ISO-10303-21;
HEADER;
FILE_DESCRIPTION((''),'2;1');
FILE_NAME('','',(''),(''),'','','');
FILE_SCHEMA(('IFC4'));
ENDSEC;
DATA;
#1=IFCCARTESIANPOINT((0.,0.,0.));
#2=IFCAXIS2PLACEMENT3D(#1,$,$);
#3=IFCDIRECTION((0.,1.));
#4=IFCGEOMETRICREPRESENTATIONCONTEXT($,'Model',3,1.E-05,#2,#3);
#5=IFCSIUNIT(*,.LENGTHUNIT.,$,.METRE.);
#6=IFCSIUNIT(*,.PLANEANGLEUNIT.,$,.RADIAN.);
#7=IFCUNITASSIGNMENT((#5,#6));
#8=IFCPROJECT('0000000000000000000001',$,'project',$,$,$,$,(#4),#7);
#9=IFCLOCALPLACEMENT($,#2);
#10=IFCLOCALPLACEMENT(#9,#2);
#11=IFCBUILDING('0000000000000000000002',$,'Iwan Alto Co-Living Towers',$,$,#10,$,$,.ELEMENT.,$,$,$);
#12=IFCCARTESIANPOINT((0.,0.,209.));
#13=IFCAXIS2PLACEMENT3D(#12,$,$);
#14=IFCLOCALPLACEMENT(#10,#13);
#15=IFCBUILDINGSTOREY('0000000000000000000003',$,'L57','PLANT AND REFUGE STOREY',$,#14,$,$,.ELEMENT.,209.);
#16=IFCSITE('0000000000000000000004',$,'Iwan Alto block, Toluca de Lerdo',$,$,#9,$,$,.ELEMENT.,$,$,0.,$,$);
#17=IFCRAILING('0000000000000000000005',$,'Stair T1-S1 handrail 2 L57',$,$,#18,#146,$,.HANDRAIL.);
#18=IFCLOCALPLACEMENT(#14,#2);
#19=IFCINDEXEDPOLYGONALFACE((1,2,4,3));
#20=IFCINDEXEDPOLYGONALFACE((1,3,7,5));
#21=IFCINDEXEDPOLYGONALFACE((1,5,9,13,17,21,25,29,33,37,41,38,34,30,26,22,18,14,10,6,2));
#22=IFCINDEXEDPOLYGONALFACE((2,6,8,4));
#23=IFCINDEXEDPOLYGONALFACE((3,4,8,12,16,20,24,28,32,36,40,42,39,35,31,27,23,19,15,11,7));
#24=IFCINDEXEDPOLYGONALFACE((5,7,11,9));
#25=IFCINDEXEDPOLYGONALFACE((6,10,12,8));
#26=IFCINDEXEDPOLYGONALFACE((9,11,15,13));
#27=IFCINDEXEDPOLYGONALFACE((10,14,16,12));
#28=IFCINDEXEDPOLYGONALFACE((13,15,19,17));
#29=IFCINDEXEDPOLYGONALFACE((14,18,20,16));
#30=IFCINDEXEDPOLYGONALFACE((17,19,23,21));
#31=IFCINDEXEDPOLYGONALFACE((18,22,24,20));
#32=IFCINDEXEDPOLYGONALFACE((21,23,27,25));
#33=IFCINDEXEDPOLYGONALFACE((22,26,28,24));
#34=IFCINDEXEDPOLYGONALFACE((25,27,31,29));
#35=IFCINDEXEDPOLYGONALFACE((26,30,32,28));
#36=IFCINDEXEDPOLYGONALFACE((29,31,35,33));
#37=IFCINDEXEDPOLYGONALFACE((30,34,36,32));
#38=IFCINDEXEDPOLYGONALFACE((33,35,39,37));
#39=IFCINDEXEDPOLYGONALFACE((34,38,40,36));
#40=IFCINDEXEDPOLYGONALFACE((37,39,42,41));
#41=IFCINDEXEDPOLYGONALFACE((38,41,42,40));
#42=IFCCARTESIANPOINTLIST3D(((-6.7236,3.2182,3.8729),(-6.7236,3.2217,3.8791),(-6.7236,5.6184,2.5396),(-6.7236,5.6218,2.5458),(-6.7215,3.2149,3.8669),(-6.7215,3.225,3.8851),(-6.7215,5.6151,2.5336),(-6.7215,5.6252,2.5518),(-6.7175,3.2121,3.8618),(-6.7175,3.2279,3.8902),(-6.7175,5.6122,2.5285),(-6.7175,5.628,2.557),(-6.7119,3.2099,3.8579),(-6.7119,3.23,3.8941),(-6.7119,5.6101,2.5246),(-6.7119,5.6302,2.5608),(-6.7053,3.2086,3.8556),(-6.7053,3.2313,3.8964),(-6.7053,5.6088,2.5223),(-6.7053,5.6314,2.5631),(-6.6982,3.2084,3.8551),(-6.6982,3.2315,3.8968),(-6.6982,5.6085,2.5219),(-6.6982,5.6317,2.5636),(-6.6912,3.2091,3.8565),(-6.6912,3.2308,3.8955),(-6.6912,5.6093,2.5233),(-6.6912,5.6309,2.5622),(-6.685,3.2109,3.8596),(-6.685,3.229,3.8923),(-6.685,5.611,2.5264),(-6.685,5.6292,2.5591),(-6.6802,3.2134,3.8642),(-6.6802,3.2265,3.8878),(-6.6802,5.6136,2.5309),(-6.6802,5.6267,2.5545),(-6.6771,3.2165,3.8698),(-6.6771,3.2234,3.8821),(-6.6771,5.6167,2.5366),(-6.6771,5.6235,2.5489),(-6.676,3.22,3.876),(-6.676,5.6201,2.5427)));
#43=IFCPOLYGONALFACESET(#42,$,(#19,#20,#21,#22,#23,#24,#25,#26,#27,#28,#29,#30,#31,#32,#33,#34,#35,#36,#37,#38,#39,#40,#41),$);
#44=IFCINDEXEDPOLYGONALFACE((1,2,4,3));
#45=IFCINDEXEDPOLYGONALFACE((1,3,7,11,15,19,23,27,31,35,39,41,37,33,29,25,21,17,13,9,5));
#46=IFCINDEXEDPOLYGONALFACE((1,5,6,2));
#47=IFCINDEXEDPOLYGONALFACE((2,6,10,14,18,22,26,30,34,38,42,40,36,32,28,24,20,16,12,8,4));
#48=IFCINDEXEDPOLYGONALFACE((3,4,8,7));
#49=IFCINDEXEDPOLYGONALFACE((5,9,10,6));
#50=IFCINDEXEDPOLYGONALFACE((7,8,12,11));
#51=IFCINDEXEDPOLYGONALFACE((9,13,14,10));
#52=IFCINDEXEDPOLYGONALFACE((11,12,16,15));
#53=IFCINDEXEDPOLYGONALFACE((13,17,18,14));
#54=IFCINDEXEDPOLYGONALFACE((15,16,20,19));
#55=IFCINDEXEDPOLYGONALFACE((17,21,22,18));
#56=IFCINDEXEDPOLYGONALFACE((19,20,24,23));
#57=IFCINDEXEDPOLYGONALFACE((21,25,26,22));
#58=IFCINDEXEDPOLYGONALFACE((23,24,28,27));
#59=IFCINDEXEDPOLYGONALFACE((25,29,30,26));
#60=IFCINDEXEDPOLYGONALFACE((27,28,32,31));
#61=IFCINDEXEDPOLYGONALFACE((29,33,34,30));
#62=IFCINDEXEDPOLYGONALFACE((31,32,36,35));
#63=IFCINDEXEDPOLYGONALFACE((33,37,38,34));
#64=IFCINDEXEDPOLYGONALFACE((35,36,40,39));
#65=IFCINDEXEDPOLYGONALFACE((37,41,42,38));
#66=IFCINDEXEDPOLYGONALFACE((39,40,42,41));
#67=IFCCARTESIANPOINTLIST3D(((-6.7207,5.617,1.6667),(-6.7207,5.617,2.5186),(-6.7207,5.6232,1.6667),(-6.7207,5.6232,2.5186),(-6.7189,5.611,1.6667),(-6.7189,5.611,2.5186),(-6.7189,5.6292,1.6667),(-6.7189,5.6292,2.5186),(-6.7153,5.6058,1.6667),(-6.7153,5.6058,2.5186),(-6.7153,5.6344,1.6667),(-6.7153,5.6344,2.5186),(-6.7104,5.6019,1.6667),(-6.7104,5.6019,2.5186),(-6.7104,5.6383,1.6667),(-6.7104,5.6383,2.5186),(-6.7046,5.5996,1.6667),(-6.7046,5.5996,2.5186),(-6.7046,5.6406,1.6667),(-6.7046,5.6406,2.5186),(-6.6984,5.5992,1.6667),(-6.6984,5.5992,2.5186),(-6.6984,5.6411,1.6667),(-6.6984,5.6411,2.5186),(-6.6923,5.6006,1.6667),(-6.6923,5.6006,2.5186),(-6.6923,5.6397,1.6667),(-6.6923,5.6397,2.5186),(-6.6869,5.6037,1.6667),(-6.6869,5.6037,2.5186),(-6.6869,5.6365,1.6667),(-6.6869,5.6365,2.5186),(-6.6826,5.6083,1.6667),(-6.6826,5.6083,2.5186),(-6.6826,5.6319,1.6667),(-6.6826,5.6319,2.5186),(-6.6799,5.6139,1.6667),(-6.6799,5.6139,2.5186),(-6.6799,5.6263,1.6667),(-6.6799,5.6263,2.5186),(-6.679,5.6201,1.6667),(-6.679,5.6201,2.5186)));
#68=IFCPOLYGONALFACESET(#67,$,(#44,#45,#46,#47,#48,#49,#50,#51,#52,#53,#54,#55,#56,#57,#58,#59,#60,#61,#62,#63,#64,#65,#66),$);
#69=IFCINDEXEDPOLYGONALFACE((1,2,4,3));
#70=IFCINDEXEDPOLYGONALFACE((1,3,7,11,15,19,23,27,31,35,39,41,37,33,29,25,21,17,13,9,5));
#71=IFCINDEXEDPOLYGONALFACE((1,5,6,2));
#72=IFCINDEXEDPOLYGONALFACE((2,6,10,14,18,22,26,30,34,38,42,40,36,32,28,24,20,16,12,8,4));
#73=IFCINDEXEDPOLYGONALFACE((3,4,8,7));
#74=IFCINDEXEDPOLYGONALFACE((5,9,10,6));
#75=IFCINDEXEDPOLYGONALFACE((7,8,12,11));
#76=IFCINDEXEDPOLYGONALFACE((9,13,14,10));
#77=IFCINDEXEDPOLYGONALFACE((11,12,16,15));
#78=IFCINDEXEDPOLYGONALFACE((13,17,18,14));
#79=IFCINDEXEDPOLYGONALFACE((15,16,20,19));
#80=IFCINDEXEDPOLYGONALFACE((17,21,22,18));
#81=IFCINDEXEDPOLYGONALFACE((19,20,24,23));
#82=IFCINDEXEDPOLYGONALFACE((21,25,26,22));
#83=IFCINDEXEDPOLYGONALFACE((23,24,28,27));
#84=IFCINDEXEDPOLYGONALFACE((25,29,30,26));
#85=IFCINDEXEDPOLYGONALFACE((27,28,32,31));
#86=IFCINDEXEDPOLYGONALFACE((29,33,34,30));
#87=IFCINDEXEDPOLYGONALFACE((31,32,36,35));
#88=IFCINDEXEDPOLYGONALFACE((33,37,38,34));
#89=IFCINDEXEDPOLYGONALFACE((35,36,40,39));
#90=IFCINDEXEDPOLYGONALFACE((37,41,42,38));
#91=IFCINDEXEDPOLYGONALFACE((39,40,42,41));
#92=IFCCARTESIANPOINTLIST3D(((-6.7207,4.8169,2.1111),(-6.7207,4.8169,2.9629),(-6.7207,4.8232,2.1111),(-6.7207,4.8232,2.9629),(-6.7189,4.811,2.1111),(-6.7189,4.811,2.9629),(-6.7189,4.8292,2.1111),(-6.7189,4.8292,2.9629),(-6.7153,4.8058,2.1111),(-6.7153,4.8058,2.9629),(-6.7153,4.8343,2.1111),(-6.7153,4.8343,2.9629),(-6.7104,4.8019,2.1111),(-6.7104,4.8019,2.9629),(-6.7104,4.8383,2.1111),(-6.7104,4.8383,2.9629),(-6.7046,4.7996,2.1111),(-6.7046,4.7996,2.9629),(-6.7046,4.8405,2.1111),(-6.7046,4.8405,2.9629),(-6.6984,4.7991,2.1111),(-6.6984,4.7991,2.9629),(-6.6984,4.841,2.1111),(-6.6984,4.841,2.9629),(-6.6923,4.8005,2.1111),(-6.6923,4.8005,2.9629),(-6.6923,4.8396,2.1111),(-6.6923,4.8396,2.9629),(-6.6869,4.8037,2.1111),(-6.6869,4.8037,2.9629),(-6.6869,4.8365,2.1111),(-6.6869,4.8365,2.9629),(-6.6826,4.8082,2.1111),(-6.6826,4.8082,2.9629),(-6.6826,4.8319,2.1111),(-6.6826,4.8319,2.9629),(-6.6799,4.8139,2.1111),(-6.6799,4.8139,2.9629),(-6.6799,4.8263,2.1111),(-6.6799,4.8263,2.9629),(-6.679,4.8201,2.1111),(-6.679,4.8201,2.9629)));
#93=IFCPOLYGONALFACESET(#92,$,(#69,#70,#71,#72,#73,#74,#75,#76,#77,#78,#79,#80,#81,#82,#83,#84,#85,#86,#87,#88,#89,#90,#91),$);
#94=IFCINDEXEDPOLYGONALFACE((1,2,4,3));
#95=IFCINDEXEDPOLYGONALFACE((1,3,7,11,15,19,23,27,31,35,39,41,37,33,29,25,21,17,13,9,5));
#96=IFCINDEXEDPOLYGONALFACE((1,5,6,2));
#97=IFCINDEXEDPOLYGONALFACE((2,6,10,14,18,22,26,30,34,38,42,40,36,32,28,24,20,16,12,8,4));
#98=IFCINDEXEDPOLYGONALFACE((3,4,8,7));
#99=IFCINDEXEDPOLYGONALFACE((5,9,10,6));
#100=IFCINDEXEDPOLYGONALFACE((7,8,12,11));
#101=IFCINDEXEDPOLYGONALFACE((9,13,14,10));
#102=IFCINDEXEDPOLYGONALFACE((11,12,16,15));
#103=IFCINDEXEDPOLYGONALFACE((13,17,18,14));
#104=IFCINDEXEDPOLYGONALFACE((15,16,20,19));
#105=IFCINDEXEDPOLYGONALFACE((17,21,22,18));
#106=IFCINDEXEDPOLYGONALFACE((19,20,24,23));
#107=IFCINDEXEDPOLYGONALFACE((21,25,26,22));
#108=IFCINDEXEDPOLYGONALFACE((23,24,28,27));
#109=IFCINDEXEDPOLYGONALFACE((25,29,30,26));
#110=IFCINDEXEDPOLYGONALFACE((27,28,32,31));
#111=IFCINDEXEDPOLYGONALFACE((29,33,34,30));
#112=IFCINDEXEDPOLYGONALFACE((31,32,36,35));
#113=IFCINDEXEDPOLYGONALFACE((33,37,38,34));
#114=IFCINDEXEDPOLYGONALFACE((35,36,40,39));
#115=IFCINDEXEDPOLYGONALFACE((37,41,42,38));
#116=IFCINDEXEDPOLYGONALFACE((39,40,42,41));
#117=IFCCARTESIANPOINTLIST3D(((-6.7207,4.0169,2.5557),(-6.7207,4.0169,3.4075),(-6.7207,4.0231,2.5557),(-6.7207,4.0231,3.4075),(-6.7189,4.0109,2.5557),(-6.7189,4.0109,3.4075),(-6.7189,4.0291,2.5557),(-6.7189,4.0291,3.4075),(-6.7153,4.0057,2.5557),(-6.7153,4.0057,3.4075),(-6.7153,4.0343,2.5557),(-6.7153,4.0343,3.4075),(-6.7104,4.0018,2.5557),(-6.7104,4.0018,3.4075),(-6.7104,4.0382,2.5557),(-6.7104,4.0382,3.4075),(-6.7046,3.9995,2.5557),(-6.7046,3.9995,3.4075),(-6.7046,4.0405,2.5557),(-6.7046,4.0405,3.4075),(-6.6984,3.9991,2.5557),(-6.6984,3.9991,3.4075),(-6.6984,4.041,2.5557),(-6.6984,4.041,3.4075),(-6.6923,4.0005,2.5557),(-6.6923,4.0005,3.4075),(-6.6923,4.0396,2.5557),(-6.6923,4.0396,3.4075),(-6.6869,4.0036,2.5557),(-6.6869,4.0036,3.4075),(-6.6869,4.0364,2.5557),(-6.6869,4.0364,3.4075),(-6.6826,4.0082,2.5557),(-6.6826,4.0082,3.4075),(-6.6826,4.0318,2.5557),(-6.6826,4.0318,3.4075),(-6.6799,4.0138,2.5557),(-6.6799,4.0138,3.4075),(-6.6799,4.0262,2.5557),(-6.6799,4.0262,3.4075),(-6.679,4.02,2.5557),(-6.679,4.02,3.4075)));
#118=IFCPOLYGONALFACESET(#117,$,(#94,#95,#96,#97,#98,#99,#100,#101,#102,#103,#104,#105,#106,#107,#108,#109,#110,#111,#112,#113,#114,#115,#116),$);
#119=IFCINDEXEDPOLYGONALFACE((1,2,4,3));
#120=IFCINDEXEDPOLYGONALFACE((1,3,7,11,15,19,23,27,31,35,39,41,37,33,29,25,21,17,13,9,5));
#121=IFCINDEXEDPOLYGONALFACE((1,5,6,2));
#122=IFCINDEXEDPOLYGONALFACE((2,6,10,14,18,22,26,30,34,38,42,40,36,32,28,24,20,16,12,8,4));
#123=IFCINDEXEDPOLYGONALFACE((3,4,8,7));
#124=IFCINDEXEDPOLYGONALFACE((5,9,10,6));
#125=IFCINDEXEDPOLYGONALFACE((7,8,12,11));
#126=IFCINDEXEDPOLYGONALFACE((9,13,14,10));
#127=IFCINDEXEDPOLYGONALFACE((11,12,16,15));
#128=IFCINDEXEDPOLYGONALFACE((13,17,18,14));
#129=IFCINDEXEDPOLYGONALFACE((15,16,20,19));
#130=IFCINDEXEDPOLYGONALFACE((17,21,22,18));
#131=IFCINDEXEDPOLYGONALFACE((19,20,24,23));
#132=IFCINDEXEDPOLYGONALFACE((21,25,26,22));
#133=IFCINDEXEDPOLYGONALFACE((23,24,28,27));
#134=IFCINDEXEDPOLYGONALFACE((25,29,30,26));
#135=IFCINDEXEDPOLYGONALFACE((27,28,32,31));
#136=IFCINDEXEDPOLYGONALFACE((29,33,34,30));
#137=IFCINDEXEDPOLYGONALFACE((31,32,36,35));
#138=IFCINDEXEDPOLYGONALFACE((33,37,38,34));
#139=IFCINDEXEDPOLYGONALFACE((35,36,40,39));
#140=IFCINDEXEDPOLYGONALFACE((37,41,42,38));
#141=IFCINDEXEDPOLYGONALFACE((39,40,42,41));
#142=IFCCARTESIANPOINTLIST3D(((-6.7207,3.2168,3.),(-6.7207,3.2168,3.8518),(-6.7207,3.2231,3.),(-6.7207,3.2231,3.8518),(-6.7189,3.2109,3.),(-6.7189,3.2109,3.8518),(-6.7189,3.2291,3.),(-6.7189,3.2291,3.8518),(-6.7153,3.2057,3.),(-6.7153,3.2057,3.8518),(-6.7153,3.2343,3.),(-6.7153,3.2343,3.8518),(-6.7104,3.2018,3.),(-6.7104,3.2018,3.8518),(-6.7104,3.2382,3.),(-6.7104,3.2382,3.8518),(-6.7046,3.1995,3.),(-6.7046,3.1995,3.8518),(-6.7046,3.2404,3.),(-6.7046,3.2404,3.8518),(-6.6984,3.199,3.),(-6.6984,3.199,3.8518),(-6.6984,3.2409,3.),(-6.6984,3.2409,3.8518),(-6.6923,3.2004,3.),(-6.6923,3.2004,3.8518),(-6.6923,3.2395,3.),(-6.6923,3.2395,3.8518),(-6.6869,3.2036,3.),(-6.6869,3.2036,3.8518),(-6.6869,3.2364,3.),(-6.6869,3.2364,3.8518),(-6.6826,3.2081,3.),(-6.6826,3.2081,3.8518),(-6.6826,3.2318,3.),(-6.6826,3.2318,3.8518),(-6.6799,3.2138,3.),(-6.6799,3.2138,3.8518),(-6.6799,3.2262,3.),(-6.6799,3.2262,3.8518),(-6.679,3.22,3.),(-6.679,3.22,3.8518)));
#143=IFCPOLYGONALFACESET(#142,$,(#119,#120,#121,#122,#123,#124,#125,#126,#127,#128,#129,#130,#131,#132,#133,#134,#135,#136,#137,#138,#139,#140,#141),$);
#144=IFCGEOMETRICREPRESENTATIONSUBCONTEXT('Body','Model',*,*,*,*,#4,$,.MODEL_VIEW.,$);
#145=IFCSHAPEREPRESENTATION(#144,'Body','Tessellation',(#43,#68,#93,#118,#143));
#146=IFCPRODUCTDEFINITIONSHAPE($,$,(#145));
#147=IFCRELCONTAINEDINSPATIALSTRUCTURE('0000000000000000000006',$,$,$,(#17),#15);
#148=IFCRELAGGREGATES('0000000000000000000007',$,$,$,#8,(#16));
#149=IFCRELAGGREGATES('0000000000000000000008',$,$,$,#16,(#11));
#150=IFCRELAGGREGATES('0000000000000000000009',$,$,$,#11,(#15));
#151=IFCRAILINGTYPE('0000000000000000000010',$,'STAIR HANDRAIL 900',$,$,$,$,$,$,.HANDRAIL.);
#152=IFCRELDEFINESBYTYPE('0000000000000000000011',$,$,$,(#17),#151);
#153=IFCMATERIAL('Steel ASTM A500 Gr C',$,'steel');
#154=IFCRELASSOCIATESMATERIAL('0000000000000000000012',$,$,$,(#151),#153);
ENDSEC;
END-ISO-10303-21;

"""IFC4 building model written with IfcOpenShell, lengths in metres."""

from ifc_helpers import new_model, si_unit, direction, frame, origin, origin_2d, place, context, subcontext, project, spatial, circle, extrude, material, type_object, element, save


model = new_model("IFC4")

# Units and contexts
model_context = context("Model", 3, precision=1e-05, world=origin(), true_north=direction((0.0, 1.0)))
body_context = subcontext(model_context, "Body", "Model", "MODEL_VIEW")
ifc_project = project(units=[si_unit("LENGTHUNIT", "METRE"), si_unit("PLANEANGLEUNIT", "RADIAN")], contexts=[model_context])

# Site, building, storey
site_placement = place(None, origin())
site = spatial("IfcSite", under=ifc_project, at=site_placement, Name="Iwan Alto block, Toluca de Lerdo", CompositionType="ELEMENT", RefElevation=0.0)
building_placement = place(site_placement, origin())
building = spatial("IfcBuilding", under=site, at=building_placement, Name="Iwan Alto Co-Living Towers", CompositionType="ELEMENT")
storey_placement = place(building_placement, frame((0.0, 0.0, 209.0)))
storey = spatial("IfcBuildingStorey", under=building, at=storey_placement, Name="L57", Description="PLANT AND REFUGE STOREY", CompositionType="ELEMENT", Elevation=209.0)

# Railing
ifc_material_1 = material(Name="Steel ASTM A500 Gr C", Category="steel")
railing_type_1 = type_object("IfcRailingType", Name="STAIR HANDRAIL 900", PredefinedType="HANDRAIL", material=ifc_material_1)
railing_1_placement = place(storey_placement, frame((-6.7, 5.6201, 1.6667)))
element("IfcRailing", 1, at=railing_1_placement, inside=storey, type_object=railing_type_1, Name="Stair T1-S1 handrail 2 L57", PredefinedType="HANDRAIL", context=body_context, shape_type="SweptSolid", body=[
    extrude(circle(Radius=0.0239, at=origin_2d()), frame((0.0, 0.0, 0.876), z_axis=(0.0, -0.874182, 0.485598), x_axis=(1.0, 0.0, 0.0)), (0.0, 0.0, 1.0), 2.7456),
    extrude(circle(Radius=0.021, at=origin_2d()), origin(), (0.0, 0.0, 1.0), 0.8518),
    extrude(circle(Radius=0.021, at=origin_2d()), frame((0.0, -0.8, 0.4443)), (0.0, 0.0, 1.0), 0.8518),
    extrude(circle(Radius=0.021, at=origin_2d()), frame((0.0, -1.6001, 0.8889)), (0.0, 0.0, 1.0), 0.8518),
    extrude(circle(Radius=0.021, at=origin_2d()), frame((0.0, -2.4001, 1.3333)), (0.0, 0.0, 1.0), 0.8518),
])

save(model, "model.ifc")
